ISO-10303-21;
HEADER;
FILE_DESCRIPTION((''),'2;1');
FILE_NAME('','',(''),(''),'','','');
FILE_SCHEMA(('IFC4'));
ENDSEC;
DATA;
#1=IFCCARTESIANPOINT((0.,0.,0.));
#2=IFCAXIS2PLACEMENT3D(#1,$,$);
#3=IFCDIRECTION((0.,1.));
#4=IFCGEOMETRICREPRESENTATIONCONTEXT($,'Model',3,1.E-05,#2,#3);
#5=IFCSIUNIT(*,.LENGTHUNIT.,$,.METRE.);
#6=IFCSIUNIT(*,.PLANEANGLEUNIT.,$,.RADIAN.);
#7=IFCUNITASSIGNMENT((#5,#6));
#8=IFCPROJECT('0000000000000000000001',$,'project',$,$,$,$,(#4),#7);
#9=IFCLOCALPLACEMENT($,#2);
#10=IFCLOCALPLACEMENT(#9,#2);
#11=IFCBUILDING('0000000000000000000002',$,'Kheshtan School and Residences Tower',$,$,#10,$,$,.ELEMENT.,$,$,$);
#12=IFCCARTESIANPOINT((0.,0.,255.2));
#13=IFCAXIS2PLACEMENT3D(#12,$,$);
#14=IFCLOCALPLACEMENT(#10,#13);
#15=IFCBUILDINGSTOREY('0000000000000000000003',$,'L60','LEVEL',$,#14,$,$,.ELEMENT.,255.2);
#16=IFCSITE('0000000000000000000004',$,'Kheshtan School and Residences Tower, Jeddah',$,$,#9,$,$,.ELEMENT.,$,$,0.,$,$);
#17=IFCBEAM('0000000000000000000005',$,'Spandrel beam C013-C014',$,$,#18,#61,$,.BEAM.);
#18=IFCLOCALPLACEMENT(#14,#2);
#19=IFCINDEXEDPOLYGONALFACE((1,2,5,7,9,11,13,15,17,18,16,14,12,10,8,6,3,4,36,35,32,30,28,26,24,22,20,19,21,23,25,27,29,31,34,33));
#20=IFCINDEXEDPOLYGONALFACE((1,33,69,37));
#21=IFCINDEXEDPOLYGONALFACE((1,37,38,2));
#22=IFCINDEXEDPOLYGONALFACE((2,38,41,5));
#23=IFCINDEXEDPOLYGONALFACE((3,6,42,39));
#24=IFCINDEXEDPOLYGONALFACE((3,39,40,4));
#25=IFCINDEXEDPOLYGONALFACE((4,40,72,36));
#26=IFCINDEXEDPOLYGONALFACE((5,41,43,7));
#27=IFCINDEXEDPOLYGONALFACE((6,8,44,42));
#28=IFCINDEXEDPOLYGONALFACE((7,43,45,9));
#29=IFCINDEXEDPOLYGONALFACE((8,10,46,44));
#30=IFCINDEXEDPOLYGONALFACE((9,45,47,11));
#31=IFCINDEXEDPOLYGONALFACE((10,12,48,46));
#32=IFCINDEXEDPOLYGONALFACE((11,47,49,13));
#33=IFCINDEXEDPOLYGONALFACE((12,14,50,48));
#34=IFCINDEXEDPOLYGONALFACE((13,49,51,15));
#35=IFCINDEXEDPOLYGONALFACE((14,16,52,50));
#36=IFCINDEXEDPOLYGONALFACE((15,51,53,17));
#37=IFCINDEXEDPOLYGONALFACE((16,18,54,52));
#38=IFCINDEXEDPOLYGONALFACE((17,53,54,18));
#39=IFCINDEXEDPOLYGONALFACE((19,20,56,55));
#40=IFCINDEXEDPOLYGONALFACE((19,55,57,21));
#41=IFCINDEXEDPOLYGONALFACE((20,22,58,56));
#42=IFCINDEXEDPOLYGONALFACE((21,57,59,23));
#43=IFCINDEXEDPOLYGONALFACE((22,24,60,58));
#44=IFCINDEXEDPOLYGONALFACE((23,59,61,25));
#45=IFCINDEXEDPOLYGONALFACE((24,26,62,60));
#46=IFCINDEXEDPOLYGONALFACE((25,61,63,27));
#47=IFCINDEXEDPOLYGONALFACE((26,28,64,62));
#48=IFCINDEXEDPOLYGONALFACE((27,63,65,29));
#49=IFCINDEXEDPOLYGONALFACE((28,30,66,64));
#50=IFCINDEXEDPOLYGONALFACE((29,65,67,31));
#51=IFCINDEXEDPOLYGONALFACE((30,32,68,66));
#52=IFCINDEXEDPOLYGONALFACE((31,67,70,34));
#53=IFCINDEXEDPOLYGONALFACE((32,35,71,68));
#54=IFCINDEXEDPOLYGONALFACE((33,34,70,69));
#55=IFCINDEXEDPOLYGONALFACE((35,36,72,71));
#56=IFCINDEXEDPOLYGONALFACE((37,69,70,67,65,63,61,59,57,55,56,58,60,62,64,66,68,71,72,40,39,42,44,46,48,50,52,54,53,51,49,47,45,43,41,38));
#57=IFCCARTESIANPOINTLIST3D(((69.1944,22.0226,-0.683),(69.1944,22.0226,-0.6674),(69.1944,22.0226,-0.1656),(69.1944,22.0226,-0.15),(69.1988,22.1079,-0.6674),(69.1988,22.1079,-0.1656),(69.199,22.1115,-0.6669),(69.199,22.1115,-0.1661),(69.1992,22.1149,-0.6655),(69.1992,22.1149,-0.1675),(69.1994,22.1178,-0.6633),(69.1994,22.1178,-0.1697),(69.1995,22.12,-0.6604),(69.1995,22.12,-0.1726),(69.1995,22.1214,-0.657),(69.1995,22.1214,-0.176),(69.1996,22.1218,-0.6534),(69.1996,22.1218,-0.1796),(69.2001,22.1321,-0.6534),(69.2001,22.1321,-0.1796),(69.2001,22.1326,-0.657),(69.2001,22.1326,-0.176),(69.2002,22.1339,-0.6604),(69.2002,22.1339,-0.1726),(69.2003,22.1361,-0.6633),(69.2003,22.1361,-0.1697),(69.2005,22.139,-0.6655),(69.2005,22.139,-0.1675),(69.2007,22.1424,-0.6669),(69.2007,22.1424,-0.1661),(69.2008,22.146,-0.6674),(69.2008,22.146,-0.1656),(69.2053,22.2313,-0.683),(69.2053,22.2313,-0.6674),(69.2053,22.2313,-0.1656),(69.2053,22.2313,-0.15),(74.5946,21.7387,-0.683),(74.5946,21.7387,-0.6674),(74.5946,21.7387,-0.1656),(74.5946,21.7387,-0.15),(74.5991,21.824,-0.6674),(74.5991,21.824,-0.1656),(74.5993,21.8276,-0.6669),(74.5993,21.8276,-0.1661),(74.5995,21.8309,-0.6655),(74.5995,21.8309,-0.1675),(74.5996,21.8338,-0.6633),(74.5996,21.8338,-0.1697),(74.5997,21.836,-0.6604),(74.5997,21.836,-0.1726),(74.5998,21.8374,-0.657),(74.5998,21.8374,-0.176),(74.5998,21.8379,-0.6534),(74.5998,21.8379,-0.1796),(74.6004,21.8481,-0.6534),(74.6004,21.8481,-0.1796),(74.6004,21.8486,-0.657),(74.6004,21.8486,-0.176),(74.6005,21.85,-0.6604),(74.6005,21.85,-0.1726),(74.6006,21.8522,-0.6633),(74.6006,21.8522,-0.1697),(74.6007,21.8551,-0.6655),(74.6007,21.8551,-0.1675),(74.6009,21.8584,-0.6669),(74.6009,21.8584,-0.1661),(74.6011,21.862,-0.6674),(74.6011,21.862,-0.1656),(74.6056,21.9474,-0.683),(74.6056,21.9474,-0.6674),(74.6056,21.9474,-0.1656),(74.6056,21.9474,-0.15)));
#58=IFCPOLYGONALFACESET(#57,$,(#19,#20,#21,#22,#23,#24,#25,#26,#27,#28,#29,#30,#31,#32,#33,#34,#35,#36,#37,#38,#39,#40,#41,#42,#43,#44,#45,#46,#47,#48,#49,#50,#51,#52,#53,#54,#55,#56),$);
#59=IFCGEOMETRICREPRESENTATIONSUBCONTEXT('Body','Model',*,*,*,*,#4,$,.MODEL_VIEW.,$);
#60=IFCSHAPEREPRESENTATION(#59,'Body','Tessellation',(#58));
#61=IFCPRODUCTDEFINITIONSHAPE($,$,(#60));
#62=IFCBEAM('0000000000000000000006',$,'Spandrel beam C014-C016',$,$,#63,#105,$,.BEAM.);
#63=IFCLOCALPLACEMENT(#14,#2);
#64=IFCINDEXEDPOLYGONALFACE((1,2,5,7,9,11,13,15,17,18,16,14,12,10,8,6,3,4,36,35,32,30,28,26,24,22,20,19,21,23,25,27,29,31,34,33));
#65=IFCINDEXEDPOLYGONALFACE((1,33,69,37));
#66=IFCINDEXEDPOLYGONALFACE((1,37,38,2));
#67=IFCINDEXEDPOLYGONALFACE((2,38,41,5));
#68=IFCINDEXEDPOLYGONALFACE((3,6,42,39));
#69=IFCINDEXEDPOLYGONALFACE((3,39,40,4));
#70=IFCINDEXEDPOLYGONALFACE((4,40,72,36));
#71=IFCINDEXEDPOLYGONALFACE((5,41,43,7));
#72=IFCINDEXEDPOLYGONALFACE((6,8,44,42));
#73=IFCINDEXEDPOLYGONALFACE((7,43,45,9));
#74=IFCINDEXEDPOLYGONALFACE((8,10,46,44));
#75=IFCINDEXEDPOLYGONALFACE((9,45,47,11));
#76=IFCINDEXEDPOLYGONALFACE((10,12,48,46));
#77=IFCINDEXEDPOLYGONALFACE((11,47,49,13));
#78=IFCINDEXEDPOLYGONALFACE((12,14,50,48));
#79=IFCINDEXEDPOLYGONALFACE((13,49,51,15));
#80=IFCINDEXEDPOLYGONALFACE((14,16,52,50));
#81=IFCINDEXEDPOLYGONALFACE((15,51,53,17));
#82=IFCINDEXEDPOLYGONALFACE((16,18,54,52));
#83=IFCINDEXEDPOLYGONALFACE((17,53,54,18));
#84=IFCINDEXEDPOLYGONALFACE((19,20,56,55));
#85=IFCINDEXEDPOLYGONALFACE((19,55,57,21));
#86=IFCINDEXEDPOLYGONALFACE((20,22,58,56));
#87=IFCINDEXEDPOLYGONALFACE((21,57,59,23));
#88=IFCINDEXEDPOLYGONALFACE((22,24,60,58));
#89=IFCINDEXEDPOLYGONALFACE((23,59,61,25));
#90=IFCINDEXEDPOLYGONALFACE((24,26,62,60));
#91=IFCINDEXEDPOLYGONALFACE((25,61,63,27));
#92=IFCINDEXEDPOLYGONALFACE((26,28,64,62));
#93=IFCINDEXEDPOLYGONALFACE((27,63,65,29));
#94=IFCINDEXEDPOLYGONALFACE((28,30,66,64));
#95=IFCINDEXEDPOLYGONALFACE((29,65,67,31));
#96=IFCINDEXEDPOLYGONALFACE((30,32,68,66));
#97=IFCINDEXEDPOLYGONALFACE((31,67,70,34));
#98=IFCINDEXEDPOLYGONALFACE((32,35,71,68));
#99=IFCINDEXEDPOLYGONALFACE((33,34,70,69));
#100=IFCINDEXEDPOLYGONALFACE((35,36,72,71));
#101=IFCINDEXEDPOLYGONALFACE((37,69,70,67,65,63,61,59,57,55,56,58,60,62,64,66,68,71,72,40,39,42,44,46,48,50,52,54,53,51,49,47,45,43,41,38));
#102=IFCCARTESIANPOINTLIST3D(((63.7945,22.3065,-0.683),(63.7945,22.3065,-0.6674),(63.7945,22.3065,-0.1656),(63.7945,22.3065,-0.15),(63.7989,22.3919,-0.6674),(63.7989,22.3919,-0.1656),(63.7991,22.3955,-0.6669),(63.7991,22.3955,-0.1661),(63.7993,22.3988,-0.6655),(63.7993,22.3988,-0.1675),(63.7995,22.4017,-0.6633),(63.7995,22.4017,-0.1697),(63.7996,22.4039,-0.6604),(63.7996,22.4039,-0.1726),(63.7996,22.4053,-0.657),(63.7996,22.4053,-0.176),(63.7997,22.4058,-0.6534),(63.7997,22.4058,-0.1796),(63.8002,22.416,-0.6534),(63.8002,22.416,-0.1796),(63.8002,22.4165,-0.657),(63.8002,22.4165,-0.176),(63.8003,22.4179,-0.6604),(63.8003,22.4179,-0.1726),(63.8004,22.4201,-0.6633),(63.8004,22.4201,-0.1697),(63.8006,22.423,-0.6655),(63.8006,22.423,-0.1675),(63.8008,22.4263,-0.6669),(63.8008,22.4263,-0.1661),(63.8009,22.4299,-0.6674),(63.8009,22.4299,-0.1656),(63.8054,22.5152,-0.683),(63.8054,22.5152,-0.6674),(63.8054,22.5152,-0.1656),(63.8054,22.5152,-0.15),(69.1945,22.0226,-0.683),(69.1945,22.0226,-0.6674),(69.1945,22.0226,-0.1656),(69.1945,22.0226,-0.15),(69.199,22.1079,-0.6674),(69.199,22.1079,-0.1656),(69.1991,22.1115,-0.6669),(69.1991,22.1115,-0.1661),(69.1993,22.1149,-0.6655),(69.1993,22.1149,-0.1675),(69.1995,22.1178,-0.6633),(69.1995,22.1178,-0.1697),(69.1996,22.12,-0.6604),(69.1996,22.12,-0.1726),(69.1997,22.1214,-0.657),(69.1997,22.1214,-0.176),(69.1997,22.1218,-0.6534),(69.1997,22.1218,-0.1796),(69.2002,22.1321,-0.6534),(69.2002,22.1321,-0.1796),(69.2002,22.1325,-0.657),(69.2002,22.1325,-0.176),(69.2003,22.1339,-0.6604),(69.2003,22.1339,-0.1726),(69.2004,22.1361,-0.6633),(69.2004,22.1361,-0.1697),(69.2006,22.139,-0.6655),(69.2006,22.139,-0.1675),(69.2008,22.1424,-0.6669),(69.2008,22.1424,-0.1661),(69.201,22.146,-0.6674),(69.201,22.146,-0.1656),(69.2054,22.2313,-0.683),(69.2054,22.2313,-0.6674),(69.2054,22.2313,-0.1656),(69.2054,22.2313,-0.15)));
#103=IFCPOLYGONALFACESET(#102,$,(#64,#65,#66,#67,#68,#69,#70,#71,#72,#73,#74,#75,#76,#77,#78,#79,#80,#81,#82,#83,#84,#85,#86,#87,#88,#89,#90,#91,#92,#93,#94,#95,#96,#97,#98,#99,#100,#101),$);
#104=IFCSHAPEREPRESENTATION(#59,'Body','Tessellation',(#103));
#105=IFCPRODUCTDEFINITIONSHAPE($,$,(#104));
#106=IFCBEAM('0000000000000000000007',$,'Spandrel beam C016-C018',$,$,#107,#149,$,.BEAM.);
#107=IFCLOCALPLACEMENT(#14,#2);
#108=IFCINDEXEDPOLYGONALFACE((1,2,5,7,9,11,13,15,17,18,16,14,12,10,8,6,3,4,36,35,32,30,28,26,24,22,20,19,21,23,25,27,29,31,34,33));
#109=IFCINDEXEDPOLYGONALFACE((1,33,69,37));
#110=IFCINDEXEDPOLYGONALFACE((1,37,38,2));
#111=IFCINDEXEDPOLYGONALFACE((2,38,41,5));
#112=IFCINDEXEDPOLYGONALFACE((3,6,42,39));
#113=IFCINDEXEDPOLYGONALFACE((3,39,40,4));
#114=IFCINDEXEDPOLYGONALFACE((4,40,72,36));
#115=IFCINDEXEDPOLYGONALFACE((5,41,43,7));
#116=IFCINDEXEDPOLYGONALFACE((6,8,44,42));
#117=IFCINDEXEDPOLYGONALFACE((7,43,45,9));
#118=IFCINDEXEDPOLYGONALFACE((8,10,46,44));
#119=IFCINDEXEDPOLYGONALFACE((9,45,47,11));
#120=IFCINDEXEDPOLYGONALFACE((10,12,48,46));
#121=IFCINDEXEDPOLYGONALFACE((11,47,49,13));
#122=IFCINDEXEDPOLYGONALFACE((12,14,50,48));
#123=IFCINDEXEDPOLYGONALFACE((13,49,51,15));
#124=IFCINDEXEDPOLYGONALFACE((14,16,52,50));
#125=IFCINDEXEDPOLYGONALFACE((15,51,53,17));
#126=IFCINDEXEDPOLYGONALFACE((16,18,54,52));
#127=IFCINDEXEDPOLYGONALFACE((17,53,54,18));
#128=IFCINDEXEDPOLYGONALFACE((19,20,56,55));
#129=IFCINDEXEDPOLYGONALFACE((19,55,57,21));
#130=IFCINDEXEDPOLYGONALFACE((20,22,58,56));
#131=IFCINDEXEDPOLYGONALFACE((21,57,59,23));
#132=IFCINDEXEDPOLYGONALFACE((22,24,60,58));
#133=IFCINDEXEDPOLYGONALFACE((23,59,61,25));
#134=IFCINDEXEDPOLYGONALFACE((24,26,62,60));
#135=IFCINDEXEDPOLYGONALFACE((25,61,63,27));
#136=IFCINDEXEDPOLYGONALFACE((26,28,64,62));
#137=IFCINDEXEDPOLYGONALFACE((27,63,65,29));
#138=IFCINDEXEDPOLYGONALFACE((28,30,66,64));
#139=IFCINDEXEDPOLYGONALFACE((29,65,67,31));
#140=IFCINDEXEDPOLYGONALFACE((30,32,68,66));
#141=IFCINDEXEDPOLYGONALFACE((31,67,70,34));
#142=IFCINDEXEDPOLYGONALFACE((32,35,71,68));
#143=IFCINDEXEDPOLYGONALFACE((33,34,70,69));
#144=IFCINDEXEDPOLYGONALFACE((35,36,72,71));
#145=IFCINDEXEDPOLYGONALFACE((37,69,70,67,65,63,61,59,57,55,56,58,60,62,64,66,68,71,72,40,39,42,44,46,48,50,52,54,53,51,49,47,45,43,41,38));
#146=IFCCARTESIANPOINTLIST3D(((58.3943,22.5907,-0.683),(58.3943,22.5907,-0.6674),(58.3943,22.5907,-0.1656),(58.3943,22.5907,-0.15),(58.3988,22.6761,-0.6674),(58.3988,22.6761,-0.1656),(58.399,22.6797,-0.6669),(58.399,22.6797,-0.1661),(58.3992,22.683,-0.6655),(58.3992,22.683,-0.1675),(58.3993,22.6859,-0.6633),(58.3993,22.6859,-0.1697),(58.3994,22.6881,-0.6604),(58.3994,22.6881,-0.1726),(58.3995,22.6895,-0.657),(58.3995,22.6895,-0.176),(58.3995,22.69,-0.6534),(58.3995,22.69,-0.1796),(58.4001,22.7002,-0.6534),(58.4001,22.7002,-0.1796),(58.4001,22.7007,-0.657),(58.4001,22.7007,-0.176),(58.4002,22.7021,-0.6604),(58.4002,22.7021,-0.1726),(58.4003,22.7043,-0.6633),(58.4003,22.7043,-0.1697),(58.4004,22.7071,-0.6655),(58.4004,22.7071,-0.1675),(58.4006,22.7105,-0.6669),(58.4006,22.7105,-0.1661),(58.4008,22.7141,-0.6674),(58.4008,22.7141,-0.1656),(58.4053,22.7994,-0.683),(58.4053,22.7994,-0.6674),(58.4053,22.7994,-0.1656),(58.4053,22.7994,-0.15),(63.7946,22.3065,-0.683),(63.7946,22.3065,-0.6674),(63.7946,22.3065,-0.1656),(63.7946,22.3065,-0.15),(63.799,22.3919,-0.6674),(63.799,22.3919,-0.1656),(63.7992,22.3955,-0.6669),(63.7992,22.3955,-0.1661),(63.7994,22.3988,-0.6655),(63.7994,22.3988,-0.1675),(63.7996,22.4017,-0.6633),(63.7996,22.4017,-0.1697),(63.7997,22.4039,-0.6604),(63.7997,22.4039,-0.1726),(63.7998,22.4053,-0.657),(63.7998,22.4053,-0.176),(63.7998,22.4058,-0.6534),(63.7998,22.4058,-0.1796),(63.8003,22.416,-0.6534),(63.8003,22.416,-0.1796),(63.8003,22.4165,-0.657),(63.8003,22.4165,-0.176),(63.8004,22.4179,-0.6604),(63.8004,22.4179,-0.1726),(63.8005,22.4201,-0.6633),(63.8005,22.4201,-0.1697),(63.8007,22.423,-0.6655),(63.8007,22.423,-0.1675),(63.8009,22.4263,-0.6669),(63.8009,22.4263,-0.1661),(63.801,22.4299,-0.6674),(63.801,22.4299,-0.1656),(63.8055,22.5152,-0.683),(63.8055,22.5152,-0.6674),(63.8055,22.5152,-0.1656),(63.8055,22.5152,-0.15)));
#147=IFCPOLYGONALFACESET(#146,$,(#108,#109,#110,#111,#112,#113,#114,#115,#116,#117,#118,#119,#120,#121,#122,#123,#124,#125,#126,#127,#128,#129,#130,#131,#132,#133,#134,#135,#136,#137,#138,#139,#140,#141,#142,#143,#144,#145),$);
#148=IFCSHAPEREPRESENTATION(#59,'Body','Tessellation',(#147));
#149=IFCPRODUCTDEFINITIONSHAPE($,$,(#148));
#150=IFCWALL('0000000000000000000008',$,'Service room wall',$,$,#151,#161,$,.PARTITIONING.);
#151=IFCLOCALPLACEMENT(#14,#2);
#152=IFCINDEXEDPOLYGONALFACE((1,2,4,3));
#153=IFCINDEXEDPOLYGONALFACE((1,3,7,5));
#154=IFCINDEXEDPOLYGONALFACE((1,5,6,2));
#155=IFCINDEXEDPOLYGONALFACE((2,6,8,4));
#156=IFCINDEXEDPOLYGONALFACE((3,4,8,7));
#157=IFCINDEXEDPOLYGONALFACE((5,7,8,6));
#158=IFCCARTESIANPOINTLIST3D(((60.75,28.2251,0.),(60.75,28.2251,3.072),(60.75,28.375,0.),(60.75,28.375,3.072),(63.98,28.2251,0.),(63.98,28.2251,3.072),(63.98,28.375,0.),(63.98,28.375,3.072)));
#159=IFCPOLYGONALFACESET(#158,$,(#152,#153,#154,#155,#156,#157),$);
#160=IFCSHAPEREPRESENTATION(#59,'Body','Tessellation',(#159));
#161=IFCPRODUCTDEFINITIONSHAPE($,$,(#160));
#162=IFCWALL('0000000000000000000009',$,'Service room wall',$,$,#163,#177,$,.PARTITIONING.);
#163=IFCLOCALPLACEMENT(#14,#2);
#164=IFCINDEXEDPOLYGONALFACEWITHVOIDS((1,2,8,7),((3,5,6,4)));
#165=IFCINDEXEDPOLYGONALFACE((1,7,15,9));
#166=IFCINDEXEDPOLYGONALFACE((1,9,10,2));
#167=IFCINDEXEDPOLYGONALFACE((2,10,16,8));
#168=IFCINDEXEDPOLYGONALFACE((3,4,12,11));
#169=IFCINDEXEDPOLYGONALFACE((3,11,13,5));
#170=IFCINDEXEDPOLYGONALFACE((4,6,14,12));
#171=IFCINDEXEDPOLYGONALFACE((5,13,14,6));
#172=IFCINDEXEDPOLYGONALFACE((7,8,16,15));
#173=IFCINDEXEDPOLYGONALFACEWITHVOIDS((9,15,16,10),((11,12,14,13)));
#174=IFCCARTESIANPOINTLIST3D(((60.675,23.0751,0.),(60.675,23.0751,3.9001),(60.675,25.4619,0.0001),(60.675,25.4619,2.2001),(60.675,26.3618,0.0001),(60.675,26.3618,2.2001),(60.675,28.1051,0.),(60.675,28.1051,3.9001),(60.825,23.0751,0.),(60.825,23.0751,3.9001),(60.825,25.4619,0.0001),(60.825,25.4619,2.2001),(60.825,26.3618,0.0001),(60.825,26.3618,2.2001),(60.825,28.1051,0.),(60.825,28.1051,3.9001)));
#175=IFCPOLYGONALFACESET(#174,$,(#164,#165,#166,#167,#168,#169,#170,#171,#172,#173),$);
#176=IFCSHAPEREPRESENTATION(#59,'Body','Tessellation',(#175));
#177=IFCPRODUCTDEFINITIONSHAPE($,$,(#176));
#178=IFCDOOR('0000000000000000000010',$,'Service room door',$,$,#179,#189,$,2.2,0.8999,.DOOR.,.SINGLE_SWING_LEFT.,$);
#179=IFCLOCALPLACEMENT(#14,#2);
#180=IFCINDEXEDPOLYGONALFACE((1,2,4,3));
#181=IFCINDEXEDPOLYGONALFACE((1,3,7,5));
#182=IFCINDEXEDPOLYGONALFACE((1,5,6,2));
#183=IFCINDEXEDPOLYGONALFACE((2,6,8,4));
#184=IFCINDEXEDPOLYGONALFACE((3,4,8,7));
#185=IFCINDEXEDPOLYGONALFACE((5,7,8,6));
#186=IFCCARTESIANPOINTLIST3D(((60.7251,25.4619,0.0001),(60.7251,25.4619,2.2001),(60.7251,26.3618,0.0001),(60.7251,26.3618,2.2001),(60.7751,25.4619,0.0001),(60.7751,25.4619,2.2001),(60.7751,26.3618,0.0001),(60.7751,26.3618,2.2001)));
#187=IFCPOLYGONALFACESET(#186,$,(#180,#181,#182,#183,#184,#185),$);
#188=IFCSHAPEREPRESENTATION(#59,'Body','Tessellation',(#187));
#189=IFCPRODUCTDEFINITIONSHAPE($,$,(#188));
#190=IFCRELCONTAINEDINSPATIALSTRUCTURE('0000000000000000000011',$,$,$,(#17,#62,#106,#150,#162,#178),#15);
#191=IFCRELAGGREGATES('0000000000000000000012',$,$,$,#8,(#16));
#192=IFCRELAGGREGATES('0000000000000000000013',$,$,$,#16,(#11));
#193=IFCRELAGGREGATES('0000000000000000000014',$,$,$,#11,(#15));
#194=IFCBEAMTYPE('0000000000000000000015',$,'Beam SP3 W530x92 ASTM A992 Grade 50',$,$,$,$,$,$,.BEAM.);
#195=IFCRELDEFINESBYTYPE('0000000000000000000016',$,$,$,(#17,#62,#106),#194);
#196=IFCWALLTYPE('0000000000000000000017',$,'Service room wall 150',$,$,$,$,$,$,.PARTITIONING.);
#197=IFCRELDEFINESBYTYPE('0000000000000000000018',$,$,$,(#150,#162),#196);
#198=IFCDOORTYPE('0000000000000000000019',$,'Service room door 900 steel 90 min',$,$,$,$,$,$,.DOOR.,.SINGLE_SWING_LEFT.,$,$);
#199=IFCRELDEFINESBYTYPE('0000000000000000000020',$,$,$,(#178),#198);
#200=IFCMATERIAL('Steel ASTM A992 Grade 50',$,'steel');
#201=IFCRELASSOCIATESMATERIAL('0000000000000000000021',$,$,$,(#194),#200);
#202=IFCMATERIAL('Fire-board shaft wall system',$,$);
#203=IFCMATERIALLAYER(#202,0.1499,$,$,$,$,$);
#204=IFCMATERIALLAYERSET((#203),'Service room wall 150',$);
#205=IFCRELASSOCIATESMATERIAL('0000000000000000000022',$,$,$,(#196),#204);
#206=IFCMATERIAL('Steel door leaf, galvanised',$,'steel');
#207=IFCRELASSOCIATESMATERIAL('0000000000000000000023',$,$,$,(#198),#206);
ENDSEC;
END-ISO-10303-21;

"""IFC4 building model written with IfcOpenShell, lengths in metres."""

from ifc_helpers import new_model, si_unit, direction, frame, frame_2d, origin, origin_2d, place, context, subcontext, project, spatial, rectangle, i_section, extrude, source, transform, mapped, material, layer, layer_set, material_profile, profile_set, type_object, element, fill, save


model = new_model("IFC4")

# Units and contexts
model_context = context("Model", 3, precision=1e-05, world=origin(), true_north=direction((0.0, 1.0)))
body_context = subcontext(model_context, "Body", "Model", "MODEL_VIEW")
ifc_project = project(units=[si_unit("LENGTHUNIT", "METRE"), si_unit("PLANEANGLEUNIT", "RADIAN")], contexts=[model_context])

# Site, building, storey
site_placement = place(None, origin())
site = spatial("IfcSite", under=ifc_project, at=site_placement, Name="Kheshtan School and Residences Tower, Jeddah", CompositionType="ELEMENT", RefElevation=0.0)
building_placement = place(site_placement, origin())
building = spatial("IfcBuilding", under=site, at=building_placement, Name="Kheshtan School and Residences Tower", CompositionType="ELEMENT")
storey_placement = place(building_placement, frame((0.0, 0.0, 255.2)))
storey = spatial("IfcBuildingStorey", under=building, at=storey_placement, Name="L60", Description="LEVEL", CompositionType="ELEMENT", Elevation=255.2)

# Shared definitions
ifc_material_1 = material(Name="Steel ASTM A992 Grade 50", Category="steel")

# Beams
ifc_material_profile_1 = material_profile(ifc_material_1, i_section(OverallWidth=0.209, OverallDepth=0.533, WebThickness=0.0103, FlangeThickness=0.0156, FilletRadius=0.0139, at=origin_2d()), Name="W530x92")
ifc_profile_set_1 = profile_set([ifc_material_profile_1], Name="Steel ASTM A992 Grade 50")
beam_type_1 = type_object("IfcBeamType", Name="Beam SP3 W530x92 ASTM A992 Grade 50", PredefinedType="BEAM", material=ifc_profile_set_1)
beam_1_placement = place(storey_placement, frame((74.6001, 21.843, -0.4165), z_axis=(-0.998621, 0.052507, 0.0), x_axis=(-0.052507, -0.998621, 0.0)))
element("IfcBeam", 1, at=beam_1_placement, inside=storey, type_object=beam_type_1, Name="Spandrel beam C013-C014", PredefinedType="BEAM", context=body_context, shape_type="SweptSolid", body=[
    extrude(i_section(OverallWidth=0.209, OverallDepth=0.533, WebThickness=0.0103, FlangeThickness=0.0156, FilletRadius=0.0139, at=origin_2d()), origin(), (0.0, 0.0, 1.0), 5.4077),
])
beam_2_placement = place(storey_placement, frame((69.2, 22.127, -0.4165), z_axis=(-0.99862, 0.052509, 0.0), x_axis=(-0.052509, -0.99862, 0.0)))
element("IfcBeam", 2, at=beam_2_placement, inside=storey, type_object=beam_type_1, Name="Spandrel beam C014-C016", PredefinedType="BEAM", context=body_context, shape_type="SweptSolid", body=[
    extrude(i_section(OverallWidth=0.209, OverallDepth=0.533, WebThickness=0.0103, FlangeThickness=0.0156, FilletRadius=0.0139, at=origin_2d()), origin(), (0.0, 0.0, 1.0), 5.4075),
])
beam_3_placement = place(storey_placement, frame((63.8, 22.4109, -0.4165), z_axis=(-0.998618, 0.052552, 0.0), x_axis=(-0.052552, -0.998618, 0.0)))
element("IfcBeam", 3, at=beam_3_placement, inside=storey, type_object=beam_type_1, Name="Spandrel beam C016-C018", PredefinedType="BEAM", context=body_context, shape_type="SweptSolid", body=[
    extrude(i_section(OverallWidth=0.209, OverallDepth=0.533, WebThickness=0.0103, FlangeThickness=0.0156, FilletRadius=0.0139, at=origin_2d()), origin(), (0.0, 0.0, 1.0), 5.4077),
])

# Wall
ifc_material_2 = material(Name="Fire-board shaft wall system")
ifc_layer_1 = layer(ifc_material_2, 0.1499)
ifc_layer_set_1 = layer_set([ifc_layer_1], Name="Service room wall 150")
wall_type_1 = type_object("IfcWallType", Name="Service room wall 150", PredefinedType="PARTITIONING", material=ifc_layer_set_1)
wall_1_placement = place(storey_placement, frame((60.75, 28.3, 0.0), z_axis=(0.0, 0.0, 1.0), x_axis=(1.0, 0.0, 0.0)))
element("IfcWall", 4, at=wall_1_placement, inside=storey, type_object=wall_type_1, Name="Service room wall", PredefinedType="PARTITIONING", context=body_context, shape_type="SweptSolid", body=[
    extrude(rectangle(XDim=3.23, YDim=0.1499, at=frame_2d((1.615, 0.0))), origin(), (0.0, 0.0, 1.0), 3.072),
])

# Wall, opening, door
wall_2_placement = place(storey_placement, frame((60.75, 23.075, 0.0), z_axis=(0.0, 0.0, 1.0), x_axis=(0.0, 1.0, 0.0)))
wall_2 = element("IfcWall", 5, at=wall_2_placement, inside=storey, type_object=wall_type_1, Name="Service room wall", PredefinedType="PARTITIONING", context=body_context, shape_type="SweptSolid", body=[
    extrude(rectangle(XDim=5.03, YDim=0.1499, at=frame_2d((2.5151, 0.0))), origin(), (0.0, 0.0, 1.0), 3.9001),
])
opening_1_placement = place(wall_2_placement, frame((2.387, 0.0, 0.0)))
opening_1 = element("IfcOpeningElement", 6, at=opening_1_placement, cuts=wall_2, PredefinedType="OPENING", context=body_context, shape_type="SweptSolid", body=[
    extrude(rectangle(XDim=0.8999, YDim=2.2, at=frame_2d((0.45, 1.1001))), frame((0.0, 0.085, 0.0), z_axis=(0.0, -1.0, 0.0), x_axis=(1.0, 0.0, 0.0)), (0.0, 0.0, 1.0), 0.1699),
])
ifc_material_3 = material(Name="Steel door leaf, galvanised", Category="steel")
door_type_1 = type_object("IfcDoorType", Name="Service room door 900 steel 90 min", OperationType="SINGLE_SWING_LEFT", PredefinedType="DOOR", material=ifc_material_3)
shared_shape_1 = source(origin(), body_context, "Body", "SweptSolid", [
    extrude(rectangle(XDim=0.8999, YDim=2.2, at=frame_2d((0.45, 1.1001))), frame((0.0, 0.0249, 0.0), z_axis=(0.0, -1.0, 0.0), x_axis=(1.0, 0.0, 0.0)), (0.0, 0.0, 1.0), 0.05),
])
door_1_placement = place(opening_1_placement, origin())
door_1 = element("IfcDoor", 7, at=door_1_placement, inside=storey, type_object=door_type_1, Name="Service room door", OperationType="SINGLE_SWING_LEFT", OverallHeight=2.2, OverallWidth=0.8999, PredefinedType="DOOR", context=body_context, shape_type="MappedRepresentation", body=[
    mapped(shared_shape_1, transform((0.0, 0.0, 0.0), x_axis=(1.0, 0.0, 0.0), y_axis=(0.0, 1.0, 0.0), z_axis=(0.0, 0.0, 1.0), scale=1.0)),
])
fill(opening_1, door_1)

save(model, "model.ifc")
